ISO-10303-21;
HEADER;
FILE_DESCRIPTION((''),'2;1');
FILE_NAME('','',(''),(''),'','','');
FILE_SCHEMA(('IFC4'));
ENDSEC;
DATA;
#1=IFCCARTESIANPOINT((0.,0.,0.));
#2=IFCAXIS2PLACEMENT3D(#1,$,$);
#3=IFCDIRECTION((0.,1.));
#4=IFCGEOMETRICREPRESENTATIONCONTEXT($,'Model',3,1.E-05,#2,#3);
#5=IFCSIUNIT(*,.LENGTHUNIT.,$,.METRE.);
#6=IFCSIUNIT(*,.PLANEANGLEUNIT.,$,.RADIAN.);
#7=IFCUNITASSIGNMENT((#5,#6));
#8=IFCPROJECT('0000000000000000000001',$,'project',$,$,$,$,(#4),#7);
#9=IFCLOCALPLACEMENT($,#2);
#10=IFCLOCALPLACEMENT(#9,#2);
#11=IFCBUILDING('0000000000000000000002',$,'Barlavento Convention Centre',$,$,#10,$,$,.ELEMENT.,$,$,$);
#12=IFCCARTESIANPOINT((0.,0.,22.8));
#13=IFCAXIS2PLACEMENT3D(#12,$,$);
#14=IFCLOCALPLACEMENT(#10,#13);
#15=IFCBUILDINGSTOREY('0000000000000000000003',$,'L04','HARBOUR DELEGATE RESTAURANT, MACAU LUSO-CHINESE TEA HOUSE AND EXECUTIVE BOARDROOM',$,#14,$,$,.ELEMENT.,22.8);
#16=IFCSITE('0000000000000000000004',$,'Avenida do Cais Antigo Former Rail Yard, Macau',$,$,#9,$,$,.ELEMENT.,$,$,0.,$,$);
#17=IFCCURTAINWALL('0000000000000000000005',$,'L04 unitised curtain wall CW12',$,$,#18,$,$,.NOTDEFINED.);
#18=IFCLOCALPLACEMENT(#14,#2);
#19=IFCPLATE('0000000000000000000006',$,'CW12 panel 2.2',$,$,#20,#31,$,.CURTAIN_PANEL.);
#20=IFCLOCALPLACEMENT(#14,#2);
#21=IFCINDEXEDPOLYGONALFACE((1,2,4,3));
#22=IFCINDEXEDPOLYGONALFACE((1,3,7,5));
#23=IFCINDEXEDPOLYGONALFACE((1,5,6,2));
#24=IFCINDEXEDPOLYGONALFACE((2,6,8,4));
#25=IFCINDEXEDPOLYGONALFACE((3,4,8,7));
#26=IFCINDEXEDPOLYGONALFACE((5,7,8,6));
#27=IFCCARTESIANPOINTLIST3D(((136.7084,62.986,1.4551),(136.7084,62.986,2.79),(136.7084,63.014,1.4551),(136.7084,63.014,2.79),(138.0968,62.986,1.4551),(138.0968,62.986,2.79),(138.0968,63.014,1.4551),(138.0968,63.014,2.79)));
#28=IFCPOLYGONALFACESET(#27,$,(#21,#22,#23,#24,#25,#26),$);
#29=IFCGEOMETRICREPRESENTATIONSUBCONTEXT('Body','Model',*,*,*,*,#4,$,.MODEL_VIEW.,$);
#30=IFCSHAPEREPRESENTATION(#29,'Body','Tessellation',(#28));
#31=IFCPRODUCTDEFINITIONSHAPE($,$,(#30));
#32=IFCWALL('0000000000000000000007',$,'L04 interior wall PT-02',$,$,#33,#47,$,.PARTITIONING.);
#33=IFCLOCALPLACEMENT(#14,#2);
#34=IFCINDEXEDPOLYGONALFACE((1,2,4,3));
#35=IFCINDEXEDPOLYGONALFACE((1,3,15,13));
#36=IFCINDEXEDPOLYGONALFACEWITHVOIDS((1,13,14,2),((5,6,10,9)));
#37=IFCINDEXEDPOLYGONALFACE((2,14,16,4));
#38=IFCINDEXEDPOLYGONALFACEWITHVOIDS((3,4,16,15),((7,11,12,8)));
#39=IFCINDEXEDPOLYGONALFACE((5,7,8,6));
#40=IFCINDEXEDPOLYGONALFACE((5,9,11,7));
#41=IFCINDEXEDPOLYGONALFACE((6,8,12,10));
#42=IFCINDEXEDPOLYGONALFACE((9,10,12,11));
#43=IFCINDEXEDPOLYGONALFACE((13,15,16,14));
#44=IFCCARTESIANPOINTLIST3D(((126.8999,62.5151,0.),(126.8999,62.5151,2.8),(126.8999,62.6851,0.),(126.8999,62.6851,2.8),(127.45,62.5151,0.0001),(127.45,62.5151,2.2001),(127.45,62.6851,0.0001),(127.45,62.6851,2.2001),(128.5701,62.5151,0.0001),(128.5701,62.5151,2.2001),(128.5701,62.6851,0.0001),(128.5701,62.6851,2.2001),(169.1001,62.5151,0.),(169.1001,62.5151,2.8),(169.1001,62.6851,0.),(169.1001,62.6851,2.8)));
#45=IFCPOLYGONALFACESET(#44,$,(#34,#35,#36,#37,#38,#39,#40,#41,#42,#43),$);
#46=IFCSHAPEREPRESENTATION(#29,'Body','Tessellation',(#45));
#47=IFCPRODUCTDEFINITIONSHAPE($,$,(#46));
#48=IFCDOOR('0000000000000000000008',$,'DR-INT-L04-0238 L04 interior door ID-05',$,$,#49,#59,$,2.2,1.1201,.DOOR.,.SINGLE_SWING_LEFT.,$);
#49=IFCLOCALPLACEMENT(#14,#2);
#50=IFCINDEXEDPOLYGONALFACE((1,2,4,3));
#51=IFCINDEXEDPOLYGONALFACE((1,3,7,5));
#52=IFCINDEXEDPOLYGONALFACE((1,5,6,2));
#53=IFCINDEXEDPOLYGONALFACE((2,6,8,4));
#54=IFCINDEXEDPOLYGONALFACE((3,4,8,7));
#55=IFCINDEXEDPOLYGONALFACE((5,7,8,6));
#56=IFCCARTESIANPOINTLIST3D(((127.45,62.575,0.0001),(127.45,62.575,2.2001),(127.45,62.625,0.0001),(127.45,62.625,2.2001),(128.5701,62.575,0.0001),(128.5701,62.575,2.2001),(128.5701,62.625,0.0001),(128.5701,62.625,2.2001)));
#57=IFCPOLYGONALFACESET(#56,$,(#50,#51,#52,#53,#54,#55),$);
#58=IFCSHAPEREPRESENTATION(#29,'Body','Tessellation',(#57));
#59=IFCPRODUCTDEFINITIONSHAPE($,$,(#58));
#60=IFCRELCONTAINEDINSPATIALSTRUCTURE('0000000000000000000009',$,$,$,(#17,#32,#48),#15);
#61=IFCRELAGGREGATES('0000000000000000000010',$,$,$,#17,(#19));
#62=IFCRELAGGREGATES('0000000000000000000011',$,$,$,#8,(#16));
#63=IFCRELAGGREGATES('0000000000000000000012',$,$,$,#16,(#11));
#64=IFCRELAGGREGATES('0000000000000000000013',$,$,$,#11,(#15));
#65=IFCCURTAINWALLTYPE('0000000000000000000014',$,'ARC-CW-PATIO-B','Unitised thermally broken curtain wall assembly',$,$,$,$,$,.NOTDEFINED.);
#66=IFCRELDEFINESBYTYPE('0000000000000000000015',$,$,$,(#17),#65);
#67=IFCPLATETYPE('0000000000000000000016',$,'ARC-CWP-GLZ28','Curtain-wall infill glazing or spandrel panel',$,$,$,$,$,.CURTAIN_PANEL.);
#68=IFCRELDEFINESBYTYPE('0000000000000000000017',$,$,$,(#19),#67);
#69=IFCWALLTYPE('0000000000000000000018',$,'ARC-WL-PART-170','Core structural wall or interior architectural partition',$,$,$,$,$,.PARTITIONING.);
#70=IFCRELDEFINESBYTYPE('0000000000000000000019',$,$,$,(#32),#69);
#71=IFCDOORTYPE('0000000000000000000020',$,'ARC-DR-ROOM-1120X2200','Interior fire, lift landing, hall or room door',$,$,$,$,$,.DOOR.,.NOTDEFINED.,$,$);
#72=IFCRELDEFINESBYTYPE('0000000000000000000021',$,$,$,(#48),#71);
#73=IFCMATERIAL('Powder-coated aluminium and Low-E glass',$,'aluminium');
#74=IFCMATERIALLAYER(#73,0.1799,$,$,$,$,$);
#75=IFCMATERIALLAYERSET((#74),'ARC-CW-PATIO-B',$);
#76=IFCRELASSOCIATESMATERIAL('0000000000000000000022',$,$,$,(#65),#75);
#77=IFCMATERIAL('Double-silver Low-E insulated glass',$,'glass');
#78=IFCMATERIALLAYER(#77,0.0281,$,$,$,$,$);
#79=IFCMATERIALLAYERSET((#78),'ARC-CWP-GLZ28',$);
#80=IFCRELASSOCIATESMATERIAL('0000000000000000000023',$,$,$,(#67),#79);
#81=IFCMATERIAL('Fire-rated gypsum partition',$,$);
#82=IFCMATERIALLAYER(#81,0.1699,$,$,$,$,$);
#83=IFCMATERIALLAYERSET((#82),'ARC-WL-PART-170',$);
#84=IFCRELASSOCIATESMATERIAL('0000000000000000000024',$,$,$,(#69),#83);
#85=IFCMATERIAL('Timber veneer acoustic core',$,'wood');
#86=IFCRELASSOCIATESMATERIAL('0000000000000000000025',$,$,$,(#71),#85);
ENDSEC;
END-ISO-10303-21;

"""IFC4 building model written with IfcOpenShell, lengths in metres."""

from ifc_helpers import new_model, si_unit, direction, frame, frame_2d, origin, origin_2d, place, context, subcontext, project, spatial, rectangle, extrude, material, layer, layer_set, type_object, element, fill, aggregate, save


model = new_model("IFC4")

# Units and contexts
model_context = context("Model", 3, precision=1e-05, world=origin(), true_north=direction((0.0, 1.0)))
body_context = subcontext(model_context, "Body", "Model", "MODEL_VIEW")
ifc_project = project(units=[si_unit("LENGTHUNIT", "METRE"), si_unit("PLANEANGLEUNIT", "RADIAN")], contexts=[model_context])

# Site, building, storey
site_placement = place(None, origin())
site = spatial("IfcSite", under=ifc_project, at=site_placement, Name="Avenida do Cais Antigo Former Rail Yard, Macau", CompositionType="ELEMENT", RefElevation=0.0)
building_placement = place(site_placement, origin())
building = spatial("IfcBuilding", under=site, at=building_placement, Name="Barlavento Convention Centre", CompositionType="ELEMENT")
storey_placement = place(building_placement, frame((0.0, 0.0, 22.8)))
storey = spatial("IfcBuildingStorey", under=building, at=storey_placement, Name="L04", Description="HARBOUR DELEGATE RESTAURANT, MACAU LUSO-CHINESE TEA HOUSE AND EXECUTIVE BOARDROOM", CompositionType="ELEMENT", Elevation=22.8)

# Curtain wall
ifc_material_1 = material(Name="Powder-coated aluminium and Low-E glass", Category="aluminium")
ifc_layer_1 = layer(ifc_material_1, 0.1799)
ifc_layer_set_1 = layer_set([ifc_layer_1], Name="ARC-CW-PATIO-B")
curtain_wall_type = type_object("IfcCurtainWallType", Name="ARC-CW-PATIO-B", Description="Unitised thermally broken curtain wall assembly", PredefinedType="NOTDEFINED", material=ifc_layer_set_1)
curtain_wall_placement = place(storey_placement, origin())
curtain_wall = element("IfcCurtainWall", 1, at=curtain_wall_placement, inside=storey, type_object=curtain_wall_type, Name="L04 unitised curtain wall CW12", PredefinedType="NOTDEFINED")

# Plate
ifc_material_2 = material(Name="Double-silver Low-E insulated glass", Category="glass")
ifc_layer_2 = layer(ifc_material_2, 0.0281)
ifc_layer_set_2 = layer_set([ifc_layer_2], Name="ARC-CWP-GLZ28")
plate_type = type_object("IfcPlateType", Name="ARC-CWP-GLZ28", Description="Curtain-wall infill glazing or spandrel panel", PredefinedType="CURTAIN_PANEL", material=ifc_layer_set_2)
plate_1_placement = place(storey_placement, frame((137.4026, 63.0, 1.4551), z_axis=(0.0, 0.0, 1.0), x_axis=(1.0, 0.0, 0.0)))
plate_1 = element("IfcPlate", 2, at=plate_1_placement, type_object=plate_type, Name="CW12 panel 2.2", PredefinedType="CURTAIN_PANEL", context=body_context, shape_type="SweptSolid", body=[
    extrude(rectangle(XDim=1.3884, YDim=0.0281, at=origin_2d()), origin(), (0.0, 0.0, 1.0), 1.335),
])
aggregate(curtain_wall, [plate_1])

# Wall, opening, door
ifc_material_3 = material(Name="Fire-rated gypsum partition")
ifc_layer_3 = layer(ifc_material_3, 0.1699)
ifc_layer_set_3 = layer_set([ifc_layer_3], Name="ARC-WL-PART-170")
wall_type = type_object("IfcWallType", Name="ARC-WL-PART-170", Description="Core structural wall or interior architectural partition", PredefinedType="PARTITIONING", material=ifc_layer_set_3)
wall_placement = place(storey_placement, frame((126.8999, 62.6001, 0.0), z_axis=(0.0, 0.0, 1.0), x_axis=(1.0, 0.0, 0.0)))
wall = element("IfcWall", 3, at=wall_placement, inside=storey, type_object=wall_type, Name="L04 interior wall PT-02", PredefinedType="PARTITIONING", context=body_context, shape_type="SweptSolid", body=[
    extrude(rectangle(XDim=42.2002, YDim=0.1699, at=frame_2d((21.1001, 0.0))), origin(), (0.0, 0.0, 1.0), 2.8),
])
opening_placement = place(wall_placement, frame((0.55, 0.0, 0.0)))
opening = element("IfcOpeningElement", 4, at=opening_placement, cuts=wall, PredefinedType="OPENING", context=body_context, shape_type="SweptSolid", body=[
    extrude(rectangle(XDim=1.1201, YDim=2.2, at=frame_2d((0.5601, 1.1001))), frame((0.0, 0.095, 0.0), z_axis=(0.0, -1.0, 0.0), x_axis=(1.0, 0.0, 0.0)), (0.0, 0.0, 1.0), 0.1899),
])
ifc_material_4 = material(Name="Timber veneer acoustic core", Category="wood")
door_type = type_object("IfcDoorType", Name="ARC-DR-ROOM-1120X2200", Description="Interior fire, lift landing, hall or room door", OperationType="NOTDEFINED", PredefinedType="DOOR", material=ifc_material_4)
door_placement = place(opening_placement, origin())
door = element("IfcDoor", 5, at=door_placement, inside=storey, type_object=door_type, Name="DR-INT-L04-0238 L04 interior door ID-05", OperationType="SINGLE_SWING_LEFT", OverallHeight=2.2, OverallWidth=1.1201, PredefinedType="DOOR", context=body_context, shape_type="SweptSolid", body=[
    extrude(rectangle(XDim=1.1201, YDim=2.2, at=frame_2d((0.5601, 1.1001))), frame((0.0, 0.0249, 0.0), z_axis=(0.0, -1.0, 0.0), x_axis=(1.0, 0.0, 0.0)), (0.0, 0.0, 1.0), 0.05),
])
fill(opening, door)

save(model, "model.ifc")
